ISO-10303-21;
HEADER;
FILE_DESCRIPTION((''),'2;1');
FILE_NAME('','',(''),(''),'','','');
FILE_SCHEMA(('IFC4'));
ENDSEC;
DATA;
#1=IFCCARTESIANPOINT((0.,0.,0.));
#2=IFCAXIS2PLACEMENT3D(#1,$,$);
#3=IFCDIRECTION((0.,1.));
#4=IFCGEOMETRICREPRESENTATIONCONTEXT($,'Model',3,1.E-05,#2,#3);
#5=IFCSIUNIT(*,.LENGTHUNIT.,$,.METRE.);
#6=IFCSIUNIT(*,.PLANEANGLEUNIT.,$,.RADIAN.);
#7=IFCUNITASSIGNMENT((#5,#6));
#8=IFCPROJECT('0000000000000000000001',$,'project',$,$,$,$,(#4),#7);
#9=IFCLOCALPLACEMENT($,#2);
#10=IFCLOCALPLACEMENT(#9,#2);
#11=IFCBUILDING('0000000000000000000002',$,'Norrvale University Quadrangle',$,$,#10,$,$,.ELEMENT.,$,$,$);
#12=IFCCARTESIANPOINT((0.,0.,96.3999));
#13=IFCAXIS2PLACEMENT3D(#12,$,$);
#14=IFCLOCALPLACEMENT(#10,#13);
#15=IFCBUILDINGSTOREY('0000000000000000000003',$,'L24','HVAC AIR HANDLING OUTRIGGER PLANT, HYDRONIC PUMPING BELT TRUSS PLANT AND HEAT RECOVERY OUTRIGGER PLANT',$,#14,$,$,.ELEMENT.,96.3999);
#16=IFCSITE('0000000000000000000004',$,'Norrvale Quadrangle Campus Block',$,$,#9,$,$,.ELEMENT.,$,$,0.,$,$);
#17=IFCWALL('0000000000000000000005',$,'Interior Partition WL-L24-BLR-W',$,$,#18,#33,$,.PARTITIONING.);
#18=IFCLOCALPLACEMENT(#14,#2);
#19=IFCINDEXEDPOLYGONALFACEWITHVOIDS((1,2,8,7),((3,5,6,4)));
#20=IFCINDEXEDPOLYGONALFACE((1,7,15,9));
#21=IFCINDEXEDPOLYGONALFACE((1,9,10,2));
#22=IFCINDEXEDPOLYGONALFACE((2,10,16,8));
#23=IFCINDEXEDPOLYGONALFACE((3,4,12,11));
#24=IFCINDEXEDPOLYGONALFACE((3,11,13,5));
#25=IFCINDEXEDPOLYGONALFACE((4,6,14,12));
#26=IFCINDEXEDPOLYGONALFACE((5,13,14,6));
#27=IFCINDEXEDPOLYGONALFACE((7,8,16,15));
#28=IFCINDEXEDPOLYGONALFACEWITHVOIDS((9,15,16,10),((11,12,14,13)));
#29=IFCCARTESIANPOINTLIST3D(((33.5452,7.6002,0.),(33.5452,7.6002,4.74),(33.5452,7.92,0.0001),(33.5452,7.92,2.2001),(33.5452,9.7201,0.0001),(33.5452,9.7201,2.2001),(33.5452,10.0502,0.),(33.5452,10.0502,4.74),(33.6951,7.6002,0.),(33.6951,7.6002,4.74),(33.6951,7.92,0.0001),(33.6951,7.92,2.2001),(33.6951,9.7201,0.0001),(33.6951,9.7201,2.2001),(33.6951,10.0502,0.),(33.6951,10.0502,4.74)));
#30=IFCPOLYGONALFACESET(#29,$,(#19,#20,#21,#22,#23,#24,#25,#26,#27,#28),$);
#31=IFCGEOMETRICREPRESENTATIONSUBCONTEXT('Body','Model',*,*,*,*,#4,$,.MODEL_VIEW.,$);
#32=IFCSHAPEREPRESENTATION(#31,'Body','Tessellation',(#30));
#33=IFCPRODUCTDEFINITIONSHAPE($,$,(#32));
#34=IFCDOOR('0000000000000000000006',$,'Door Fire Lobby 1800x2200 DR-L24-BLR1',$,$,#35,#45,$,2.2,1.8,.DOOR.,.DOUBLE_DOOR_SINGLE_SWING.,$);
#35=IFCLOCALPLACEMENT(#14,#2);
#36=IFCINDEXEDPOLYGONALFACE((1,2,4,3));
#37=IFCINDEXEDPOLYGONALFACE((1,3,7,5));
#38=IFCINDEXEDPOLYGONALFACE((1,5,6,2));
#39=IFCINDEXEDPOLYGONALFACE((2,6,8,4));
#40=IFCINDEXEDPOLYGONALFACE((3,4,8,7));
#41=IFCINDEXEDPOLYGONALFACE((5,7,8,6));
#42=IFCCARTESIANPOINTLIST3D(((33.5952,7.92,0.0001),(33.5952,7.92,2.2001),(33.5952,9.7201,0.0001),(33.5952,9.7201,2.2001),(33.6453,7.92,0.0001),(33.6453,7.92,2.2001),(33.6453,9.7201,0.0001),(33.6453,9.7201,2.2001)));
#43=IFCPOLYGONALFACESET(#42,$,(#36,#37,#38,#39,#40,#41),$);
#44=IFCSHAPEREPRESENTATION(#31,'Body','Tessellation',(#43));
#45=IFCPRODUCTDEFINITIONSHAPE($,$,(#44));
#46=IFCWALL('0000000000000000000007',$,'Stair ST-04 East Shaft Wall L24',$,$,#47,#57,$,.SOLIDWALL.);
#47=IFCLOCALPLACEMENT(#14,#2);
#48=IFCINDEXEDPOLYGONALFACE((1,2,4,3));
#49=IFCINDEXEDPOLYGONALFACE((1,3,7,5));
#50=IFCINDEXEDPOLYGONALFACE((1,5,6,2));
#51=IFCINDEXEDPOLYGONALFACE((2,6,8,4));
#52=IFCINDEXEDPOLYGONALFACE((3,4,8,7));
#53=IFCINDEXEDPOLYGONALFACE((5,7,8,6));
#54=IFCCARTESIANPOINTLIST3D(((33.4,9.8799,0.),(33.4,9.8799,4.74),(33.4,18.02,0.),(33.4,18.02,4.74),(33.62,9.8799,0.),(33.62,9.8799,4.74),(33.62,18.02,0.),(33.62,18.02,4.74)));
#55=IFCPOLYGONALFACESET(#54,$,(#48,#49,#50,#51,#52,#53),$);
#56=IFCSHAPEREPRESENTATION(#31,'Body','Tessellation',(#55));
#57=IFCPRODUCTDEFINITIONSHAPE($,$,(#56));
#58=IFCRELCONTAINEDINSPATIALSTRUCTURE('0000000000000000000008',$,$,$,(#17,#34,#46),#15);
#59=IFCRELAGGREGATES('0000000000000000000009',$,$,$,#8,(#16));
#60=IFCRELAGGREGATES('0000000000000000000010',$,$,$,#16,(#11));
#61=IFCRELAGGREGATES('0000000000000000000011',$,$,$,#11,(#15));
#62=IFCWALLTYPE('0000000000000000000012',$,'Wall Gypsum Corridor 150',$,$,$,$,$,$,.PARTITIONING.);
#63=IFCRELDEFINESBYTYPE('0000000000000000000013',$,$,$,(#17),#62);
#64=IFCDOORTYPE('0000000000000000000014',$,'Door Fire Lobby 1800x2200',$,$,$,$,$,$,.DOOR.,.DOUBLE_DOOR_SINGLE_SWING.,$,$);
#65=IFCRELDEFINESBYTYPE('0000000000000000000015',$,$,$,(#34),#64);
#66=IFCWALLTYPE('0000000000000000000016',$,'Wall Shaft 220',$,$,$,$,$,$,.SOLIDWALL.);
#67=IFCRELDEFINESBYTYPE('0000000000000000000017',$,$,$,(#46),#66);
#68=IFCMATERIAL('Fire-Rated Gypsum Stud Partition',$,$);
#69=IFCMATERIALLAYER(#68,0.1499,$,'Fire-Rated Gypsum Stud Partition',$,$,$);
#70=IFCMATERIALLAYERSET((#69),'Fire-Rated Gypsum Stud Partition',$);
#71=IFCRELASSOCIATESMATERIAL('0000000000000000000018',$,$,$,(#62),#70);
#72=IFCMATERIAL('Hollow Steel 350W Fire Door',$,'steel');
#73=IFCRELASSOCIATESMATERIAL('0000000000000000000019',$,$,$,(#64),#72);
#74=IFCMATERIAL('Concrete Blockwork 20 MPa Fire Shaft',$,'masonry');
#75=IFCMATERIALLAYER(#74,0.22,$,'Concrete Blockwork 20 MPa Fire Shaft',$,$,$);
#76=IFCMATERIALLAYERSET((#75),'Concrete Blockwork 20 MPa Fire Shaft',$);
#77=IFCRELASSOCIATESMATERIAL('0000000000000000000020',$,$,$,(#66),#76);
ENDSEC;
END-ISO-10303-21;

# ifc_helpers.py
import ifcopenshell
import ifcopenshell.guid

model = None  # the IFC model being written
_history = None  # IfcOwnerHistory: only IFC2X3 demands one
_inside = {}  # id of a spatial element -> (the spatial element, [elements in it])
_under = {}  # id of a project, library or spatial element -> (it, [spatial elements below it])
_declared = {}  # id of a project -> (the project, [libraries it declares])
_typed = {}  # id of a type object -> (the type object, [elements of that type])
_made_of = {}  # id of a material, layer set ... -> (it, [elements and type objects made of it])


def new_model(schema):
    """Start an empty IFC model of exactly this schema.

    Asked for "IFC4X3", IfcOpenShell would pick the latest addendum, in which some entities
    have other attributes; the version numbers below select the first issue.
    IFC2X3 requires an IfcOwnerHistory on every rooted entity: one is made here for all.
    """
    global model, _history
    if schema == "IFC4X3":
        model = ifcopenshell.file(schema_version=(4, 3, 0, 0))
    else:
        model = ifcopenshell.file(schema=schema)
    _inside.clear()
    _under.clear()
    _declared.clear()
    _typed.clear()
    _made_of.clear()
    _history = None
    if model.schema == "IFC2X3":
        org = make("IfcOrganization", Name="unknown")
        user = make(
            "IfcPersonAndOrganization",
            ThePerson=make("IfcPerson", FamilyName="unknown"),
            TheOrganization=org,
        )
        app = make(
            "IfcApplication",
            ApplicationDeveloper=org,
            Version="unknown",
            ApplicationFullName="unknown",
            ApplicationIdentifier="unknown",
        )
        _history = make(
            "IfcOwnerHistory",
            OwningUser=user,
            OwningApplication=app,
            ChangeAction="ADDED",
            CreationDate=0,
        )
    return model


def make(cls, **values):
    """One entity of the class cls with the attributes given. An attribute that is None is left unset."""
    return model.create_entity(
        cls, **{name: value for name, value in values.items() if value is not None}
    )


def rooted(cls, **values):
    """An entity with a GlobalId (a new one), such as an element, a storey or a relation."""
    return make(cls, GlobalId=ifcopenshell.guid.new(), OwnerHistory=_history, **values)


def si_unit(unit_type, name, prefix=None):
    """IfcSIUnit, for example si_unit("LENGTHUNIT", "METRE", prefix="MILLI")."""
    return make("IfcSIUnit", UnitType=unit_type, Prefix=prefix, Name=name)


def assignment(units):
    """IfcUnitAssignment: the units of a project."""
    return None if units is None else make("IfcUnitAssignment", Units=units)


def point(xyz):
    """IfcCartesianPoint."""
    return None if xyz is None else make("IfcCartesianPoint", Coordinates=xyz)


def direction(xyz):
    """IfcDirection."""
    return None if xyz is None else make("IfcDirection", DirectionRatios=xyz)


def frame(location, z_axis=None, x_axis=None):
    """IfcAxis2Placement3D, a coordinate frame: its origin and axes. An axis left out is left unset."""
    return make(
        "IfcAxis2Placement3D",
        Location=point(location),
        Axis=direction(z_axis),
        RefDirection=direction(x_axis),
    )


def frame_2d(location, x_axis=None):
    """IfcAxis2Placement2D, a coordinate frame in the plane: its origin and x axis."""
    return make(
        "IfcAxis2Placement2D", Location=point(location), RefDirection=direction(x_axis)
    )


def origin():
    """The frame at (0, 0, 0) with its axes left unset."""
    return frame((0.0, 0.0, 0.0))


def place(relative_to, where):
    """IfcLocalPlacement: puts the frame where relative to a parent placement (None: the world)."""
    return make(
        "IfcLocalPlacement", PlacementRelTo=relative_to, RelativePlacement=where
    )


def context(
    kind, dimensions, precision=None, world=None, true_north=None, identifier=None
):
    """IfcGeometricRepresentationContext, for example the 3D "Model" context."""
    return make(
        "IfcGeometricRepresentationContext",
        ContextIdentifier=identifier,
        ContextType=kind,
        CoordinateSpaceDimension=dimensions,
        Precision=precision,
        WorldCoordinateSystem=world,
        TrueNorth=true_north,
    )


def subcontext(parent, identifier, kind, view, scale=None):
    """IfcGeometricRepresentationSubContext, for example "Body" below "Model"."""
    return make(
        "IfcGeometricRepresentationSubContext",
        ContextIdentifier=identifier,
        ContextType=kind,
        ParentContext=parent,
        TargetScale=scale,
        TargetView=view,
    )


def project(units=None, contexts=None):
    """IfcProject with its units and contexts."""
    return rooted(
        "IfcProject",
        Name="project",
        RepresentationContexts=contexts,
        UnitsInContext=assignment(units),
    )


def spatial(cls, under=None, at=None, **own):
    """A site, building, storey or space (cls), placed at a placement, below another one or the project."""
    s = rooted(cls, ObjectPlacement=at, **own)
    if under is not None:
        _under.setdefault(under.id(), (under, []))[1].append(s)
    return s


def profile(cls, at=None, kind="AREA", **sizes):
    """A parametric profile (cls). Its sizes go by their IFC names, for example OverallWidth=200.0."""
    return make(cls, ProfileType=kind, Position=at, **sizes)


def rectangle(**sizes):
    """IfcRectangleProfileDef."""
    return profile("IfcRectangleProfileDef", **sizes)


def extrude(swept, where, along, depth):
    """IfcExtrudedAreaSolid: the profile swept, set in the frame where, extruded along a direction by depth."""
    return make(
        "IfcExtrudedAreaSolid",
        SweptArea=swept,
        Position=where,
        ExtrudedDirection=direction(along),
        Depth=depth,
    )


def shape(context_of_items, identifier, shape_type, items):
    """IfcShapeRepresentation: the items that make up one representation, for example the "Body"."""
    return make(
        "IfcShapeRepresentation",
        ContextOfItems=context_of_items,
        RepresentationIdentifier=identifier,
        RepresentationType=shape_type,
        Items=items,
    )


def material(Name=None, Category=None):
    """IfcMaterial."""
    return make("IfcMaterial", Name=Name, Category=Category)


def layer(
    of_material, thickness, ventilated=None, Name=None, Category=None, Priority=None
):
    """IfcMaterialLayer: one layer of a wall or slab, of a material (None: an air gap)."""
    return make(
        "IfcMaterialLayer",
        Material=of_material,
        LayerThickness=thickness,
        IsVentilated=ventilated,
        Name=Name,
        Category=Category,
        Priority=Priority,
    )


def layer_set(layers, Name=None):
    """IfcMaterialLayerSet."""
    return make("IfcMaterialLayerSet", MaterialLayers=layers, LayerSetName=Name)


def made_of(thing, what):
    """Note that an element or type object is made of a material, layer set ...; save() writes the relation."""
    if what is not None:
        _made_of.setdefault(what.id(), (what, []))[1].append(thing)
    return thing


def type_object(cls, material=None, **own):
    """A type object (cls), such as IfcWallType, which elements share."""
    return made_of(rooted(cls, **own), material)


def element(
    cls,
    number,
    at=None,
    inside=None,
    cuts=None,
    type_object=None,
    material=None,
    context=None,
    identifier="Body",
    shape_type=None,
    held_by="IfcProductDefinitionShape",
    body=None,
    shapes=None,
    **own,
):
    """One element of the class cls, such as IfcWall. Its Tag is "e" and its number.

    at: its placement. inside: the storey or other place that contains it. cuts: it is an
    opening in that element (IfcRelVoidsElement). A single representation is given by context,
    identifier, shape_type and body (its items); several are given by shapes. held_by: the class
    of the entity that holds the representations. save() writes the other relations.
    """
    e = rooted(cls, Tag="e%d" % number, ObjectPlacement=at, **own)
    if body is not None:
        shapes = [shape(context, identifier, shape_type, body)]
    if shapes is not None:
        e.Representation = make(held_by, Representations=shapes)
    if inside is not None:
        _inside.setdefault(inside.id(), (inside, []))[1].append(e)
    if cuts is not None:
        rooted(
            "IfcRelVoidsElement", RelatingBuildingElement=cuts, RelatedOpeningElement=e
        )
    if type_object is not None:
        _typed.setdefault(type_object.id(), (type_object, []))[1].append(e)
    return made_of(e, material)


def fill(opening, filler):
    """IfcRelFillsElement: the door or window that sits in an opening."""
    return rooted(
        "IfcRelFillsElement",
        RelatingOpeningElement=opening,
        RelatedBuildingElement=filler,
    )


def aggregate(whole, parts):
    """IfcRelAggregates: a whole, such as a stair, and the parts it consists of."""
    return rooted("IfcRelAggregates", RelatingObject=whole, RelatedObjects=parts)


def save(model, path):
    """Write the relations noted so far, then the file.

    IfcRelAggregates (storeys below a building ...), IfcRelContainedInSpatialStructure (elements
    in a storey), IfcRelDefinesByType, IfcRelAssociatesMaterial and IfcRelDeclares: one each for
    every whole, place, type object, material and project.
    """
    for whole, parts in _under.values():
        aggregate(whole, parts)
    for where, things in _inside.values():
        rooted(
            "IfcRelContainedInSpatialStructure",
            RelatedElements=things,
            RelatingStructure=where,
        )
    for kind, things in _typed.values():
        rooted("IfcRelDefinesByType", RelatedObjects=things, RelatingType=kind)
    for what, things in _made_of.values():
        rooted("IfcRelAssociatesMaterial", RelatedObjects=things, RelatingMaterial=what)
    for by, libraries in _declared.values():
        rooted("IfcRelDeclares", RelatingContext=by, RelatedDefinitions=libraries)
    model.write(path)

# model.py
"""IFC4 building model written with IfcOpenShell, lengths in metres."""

from ifc_helpers import new_model, si_unit, direction, frame, frame_2d, origin, place, context, subcontext, project, spatial, rectangle, extrude, material, layer, layer_set, type_object, element, fill, save


model = new_model("IFC4")

# Units and contexts
model_context = context("Model", 3, precision=1e-05, world=origin(), true_north=direction((0.0, 1.0)))
body_context = subcontext(model_context, "Body", "Model", "MODEL_VIEW")
ifc_project = project(units=[si_unit("LENGTHUNIT", "METRE"), si_unit("PLANEANGLEUNIT", "RADIAN")], contexts=[model_context])

# Site, building, storey
site_placement = place(None, origin())
site = spatial("IfcSite", under=ifc_project, at=site_placement, Name="Norrvale Quadrangle Campus Block", CompositionType="ELEMENT", RefElevation=0.0)
building_placement = place(site_placement, origin())
building = spatial("IfcBuilding", under=site, at=building_placement, Name="Norrvale University Quadrangle", CompositionType="ELEMENT")
storey_placement = place(building_placement, frame((0.0, 0.0, 96.3999)))
storey = spatial("IfcBuildingStorey", under=building, at=storey_placement, Name="L24", Description="HVAC AIR HANDLING OUTRIGGER PLANT, HYDRONIC PUMPING BELT TRUSS PLANT AND HEAT RECOVERY OUTRIGGER PLANT", CompositionType="ELEMENT", Elevation=96.3999)

# Wall, opening, door
ifc_material_1 = material(Name="Fire-Rated Gypsum Stud Partition")
ifc_layer_1 = layer(ifc_material_1, 0.1499, Name="Fire-Rated Gypsum Stud Partition")
ifc_layer_set_1 = layer_set([ifc_layer_1], Name="Fire-Rated Gypsum Stud Partition")
wall_type_1 = type_object("IfcWallType", Name="Wall Gypsum Corridor 150", PredefinedType="PARTITIONING", material=ifc_layer_set_1)
wall_1_placement = place(storey_placement, frame((33.6201, 7.6001, 0.0), z_axis=(0.0, 0.0, 1.0), x_axis=(0.0, 1.0, 0.0)))
wall_1 = element("IfcWall", 1, at=wall_1_placement, inside=storey, type_object=wall_type_1, Name="Interior Partition WL-L24-BLR-W", PredefinedType="PARTITIONING", context=body_context, shape_type="SweptSolid", body=[
    extrude(rectangle(XDim=2.45, YDim=0.1499, at=frame_2d((1.2251, 0.0))), origin(), (0.0, 0.0, 1.0), 4.74),
])
opening_placement = place(wall_1_placement, frame((0.3201, 0.0, 0.0)))
opening = element("IfcOpeningElement", 2, at=opening_placement, cuts=wall_1, PredefinedType="OPENING", context=body_context, shape_type="SweptSolid", body=[
    extrude(rectangle(XDim=1.8, YDim=2.2, at=frame_2d((0.8999, 1.1001))), frame((0.0, 0.0869, 0.0), z_axis=(0.0, -1.0, 0.0), x_axis=(1.0, 0.0, 0.0)), (0.0, 0.0, 1.0), 0.1738),
])
ifc_material_2 = material(Name="Hollow Steel 350W Fire Door", Category="steel")
door_type = type_object("IfcDoorType", Name="Door Fire Lobby 1800x2200", OperationType="DOUBLE_DOOR_SINGLE_SWING", PredefinedType="DOOR", material=ifc_material_2)
door_placement = place(opening_placement, origin())
door = element("IfcDoor", 3, at=door_placement, inside=storey, type_object=door_type, Name="Door Fire Lobby 1800x2200 DR-L24-BLR1", OperationType="DOUBLE_DOOR_SINGLE_SWING", OverallHeight=2.2, OverallWidth=1.8, PredefinedType="DOOR", context=body_context, shape_type="SweptSolid", body=[
    extrude(rectangle(XDim=1.8, YDim=2.2, at=frame_2d((0.8999, 1.1001))), frame((0.0, 0.0249, 0.0), z_axis=(0.0, -1.0, 0.0), x_axis=(1.0, 0.0, 0.0)), (0.0, 0.0, 1.0), 0.05),
])
fill(opening, door)

# Wall
ifc_material_3 = material(Name="Concrete Blockwork 20 MPa Fire Shaft", Category="masonry")
ifc_layer_2 = layer(ifc_material_3, 0.22, Name="Concrete Blockwork 20 MPa Fire Shaft")
ifc_layer_set_2 = layer_set([ifc_layer_2], Name="Concrete Blockwork 20 MPa Fire Shaft")
wall_type_2 = type_object("IfcWallType", Name="Wall Shaft 220", PredefinedType="SOLIDWALL", material=ifc_layer_set_2)
wall_2_placement = place(storey_placement, frame((33.51, 9.8799, 0.0), z_axis=(0.0, 0.0, 1.0), x_axis=(0.0, 1.0, 0.0)))
element("IfcWall", 4, at=wall_2_placement, inside=storey, type_object=wall_type_2, Name="Stair ST-04 East Shaft Wall L24", PredefinedType="SOLIDWALL", context=body_context, shape_type="SweptSolid", body=[
    extrude(rectangle(XDim=8.1401, YDim=0.22, at=frame_2d((4.0701, 0.0))), origin(), (0.0, 0.0, 1.0), 4.74),
])

save(model, "model.ifc")
